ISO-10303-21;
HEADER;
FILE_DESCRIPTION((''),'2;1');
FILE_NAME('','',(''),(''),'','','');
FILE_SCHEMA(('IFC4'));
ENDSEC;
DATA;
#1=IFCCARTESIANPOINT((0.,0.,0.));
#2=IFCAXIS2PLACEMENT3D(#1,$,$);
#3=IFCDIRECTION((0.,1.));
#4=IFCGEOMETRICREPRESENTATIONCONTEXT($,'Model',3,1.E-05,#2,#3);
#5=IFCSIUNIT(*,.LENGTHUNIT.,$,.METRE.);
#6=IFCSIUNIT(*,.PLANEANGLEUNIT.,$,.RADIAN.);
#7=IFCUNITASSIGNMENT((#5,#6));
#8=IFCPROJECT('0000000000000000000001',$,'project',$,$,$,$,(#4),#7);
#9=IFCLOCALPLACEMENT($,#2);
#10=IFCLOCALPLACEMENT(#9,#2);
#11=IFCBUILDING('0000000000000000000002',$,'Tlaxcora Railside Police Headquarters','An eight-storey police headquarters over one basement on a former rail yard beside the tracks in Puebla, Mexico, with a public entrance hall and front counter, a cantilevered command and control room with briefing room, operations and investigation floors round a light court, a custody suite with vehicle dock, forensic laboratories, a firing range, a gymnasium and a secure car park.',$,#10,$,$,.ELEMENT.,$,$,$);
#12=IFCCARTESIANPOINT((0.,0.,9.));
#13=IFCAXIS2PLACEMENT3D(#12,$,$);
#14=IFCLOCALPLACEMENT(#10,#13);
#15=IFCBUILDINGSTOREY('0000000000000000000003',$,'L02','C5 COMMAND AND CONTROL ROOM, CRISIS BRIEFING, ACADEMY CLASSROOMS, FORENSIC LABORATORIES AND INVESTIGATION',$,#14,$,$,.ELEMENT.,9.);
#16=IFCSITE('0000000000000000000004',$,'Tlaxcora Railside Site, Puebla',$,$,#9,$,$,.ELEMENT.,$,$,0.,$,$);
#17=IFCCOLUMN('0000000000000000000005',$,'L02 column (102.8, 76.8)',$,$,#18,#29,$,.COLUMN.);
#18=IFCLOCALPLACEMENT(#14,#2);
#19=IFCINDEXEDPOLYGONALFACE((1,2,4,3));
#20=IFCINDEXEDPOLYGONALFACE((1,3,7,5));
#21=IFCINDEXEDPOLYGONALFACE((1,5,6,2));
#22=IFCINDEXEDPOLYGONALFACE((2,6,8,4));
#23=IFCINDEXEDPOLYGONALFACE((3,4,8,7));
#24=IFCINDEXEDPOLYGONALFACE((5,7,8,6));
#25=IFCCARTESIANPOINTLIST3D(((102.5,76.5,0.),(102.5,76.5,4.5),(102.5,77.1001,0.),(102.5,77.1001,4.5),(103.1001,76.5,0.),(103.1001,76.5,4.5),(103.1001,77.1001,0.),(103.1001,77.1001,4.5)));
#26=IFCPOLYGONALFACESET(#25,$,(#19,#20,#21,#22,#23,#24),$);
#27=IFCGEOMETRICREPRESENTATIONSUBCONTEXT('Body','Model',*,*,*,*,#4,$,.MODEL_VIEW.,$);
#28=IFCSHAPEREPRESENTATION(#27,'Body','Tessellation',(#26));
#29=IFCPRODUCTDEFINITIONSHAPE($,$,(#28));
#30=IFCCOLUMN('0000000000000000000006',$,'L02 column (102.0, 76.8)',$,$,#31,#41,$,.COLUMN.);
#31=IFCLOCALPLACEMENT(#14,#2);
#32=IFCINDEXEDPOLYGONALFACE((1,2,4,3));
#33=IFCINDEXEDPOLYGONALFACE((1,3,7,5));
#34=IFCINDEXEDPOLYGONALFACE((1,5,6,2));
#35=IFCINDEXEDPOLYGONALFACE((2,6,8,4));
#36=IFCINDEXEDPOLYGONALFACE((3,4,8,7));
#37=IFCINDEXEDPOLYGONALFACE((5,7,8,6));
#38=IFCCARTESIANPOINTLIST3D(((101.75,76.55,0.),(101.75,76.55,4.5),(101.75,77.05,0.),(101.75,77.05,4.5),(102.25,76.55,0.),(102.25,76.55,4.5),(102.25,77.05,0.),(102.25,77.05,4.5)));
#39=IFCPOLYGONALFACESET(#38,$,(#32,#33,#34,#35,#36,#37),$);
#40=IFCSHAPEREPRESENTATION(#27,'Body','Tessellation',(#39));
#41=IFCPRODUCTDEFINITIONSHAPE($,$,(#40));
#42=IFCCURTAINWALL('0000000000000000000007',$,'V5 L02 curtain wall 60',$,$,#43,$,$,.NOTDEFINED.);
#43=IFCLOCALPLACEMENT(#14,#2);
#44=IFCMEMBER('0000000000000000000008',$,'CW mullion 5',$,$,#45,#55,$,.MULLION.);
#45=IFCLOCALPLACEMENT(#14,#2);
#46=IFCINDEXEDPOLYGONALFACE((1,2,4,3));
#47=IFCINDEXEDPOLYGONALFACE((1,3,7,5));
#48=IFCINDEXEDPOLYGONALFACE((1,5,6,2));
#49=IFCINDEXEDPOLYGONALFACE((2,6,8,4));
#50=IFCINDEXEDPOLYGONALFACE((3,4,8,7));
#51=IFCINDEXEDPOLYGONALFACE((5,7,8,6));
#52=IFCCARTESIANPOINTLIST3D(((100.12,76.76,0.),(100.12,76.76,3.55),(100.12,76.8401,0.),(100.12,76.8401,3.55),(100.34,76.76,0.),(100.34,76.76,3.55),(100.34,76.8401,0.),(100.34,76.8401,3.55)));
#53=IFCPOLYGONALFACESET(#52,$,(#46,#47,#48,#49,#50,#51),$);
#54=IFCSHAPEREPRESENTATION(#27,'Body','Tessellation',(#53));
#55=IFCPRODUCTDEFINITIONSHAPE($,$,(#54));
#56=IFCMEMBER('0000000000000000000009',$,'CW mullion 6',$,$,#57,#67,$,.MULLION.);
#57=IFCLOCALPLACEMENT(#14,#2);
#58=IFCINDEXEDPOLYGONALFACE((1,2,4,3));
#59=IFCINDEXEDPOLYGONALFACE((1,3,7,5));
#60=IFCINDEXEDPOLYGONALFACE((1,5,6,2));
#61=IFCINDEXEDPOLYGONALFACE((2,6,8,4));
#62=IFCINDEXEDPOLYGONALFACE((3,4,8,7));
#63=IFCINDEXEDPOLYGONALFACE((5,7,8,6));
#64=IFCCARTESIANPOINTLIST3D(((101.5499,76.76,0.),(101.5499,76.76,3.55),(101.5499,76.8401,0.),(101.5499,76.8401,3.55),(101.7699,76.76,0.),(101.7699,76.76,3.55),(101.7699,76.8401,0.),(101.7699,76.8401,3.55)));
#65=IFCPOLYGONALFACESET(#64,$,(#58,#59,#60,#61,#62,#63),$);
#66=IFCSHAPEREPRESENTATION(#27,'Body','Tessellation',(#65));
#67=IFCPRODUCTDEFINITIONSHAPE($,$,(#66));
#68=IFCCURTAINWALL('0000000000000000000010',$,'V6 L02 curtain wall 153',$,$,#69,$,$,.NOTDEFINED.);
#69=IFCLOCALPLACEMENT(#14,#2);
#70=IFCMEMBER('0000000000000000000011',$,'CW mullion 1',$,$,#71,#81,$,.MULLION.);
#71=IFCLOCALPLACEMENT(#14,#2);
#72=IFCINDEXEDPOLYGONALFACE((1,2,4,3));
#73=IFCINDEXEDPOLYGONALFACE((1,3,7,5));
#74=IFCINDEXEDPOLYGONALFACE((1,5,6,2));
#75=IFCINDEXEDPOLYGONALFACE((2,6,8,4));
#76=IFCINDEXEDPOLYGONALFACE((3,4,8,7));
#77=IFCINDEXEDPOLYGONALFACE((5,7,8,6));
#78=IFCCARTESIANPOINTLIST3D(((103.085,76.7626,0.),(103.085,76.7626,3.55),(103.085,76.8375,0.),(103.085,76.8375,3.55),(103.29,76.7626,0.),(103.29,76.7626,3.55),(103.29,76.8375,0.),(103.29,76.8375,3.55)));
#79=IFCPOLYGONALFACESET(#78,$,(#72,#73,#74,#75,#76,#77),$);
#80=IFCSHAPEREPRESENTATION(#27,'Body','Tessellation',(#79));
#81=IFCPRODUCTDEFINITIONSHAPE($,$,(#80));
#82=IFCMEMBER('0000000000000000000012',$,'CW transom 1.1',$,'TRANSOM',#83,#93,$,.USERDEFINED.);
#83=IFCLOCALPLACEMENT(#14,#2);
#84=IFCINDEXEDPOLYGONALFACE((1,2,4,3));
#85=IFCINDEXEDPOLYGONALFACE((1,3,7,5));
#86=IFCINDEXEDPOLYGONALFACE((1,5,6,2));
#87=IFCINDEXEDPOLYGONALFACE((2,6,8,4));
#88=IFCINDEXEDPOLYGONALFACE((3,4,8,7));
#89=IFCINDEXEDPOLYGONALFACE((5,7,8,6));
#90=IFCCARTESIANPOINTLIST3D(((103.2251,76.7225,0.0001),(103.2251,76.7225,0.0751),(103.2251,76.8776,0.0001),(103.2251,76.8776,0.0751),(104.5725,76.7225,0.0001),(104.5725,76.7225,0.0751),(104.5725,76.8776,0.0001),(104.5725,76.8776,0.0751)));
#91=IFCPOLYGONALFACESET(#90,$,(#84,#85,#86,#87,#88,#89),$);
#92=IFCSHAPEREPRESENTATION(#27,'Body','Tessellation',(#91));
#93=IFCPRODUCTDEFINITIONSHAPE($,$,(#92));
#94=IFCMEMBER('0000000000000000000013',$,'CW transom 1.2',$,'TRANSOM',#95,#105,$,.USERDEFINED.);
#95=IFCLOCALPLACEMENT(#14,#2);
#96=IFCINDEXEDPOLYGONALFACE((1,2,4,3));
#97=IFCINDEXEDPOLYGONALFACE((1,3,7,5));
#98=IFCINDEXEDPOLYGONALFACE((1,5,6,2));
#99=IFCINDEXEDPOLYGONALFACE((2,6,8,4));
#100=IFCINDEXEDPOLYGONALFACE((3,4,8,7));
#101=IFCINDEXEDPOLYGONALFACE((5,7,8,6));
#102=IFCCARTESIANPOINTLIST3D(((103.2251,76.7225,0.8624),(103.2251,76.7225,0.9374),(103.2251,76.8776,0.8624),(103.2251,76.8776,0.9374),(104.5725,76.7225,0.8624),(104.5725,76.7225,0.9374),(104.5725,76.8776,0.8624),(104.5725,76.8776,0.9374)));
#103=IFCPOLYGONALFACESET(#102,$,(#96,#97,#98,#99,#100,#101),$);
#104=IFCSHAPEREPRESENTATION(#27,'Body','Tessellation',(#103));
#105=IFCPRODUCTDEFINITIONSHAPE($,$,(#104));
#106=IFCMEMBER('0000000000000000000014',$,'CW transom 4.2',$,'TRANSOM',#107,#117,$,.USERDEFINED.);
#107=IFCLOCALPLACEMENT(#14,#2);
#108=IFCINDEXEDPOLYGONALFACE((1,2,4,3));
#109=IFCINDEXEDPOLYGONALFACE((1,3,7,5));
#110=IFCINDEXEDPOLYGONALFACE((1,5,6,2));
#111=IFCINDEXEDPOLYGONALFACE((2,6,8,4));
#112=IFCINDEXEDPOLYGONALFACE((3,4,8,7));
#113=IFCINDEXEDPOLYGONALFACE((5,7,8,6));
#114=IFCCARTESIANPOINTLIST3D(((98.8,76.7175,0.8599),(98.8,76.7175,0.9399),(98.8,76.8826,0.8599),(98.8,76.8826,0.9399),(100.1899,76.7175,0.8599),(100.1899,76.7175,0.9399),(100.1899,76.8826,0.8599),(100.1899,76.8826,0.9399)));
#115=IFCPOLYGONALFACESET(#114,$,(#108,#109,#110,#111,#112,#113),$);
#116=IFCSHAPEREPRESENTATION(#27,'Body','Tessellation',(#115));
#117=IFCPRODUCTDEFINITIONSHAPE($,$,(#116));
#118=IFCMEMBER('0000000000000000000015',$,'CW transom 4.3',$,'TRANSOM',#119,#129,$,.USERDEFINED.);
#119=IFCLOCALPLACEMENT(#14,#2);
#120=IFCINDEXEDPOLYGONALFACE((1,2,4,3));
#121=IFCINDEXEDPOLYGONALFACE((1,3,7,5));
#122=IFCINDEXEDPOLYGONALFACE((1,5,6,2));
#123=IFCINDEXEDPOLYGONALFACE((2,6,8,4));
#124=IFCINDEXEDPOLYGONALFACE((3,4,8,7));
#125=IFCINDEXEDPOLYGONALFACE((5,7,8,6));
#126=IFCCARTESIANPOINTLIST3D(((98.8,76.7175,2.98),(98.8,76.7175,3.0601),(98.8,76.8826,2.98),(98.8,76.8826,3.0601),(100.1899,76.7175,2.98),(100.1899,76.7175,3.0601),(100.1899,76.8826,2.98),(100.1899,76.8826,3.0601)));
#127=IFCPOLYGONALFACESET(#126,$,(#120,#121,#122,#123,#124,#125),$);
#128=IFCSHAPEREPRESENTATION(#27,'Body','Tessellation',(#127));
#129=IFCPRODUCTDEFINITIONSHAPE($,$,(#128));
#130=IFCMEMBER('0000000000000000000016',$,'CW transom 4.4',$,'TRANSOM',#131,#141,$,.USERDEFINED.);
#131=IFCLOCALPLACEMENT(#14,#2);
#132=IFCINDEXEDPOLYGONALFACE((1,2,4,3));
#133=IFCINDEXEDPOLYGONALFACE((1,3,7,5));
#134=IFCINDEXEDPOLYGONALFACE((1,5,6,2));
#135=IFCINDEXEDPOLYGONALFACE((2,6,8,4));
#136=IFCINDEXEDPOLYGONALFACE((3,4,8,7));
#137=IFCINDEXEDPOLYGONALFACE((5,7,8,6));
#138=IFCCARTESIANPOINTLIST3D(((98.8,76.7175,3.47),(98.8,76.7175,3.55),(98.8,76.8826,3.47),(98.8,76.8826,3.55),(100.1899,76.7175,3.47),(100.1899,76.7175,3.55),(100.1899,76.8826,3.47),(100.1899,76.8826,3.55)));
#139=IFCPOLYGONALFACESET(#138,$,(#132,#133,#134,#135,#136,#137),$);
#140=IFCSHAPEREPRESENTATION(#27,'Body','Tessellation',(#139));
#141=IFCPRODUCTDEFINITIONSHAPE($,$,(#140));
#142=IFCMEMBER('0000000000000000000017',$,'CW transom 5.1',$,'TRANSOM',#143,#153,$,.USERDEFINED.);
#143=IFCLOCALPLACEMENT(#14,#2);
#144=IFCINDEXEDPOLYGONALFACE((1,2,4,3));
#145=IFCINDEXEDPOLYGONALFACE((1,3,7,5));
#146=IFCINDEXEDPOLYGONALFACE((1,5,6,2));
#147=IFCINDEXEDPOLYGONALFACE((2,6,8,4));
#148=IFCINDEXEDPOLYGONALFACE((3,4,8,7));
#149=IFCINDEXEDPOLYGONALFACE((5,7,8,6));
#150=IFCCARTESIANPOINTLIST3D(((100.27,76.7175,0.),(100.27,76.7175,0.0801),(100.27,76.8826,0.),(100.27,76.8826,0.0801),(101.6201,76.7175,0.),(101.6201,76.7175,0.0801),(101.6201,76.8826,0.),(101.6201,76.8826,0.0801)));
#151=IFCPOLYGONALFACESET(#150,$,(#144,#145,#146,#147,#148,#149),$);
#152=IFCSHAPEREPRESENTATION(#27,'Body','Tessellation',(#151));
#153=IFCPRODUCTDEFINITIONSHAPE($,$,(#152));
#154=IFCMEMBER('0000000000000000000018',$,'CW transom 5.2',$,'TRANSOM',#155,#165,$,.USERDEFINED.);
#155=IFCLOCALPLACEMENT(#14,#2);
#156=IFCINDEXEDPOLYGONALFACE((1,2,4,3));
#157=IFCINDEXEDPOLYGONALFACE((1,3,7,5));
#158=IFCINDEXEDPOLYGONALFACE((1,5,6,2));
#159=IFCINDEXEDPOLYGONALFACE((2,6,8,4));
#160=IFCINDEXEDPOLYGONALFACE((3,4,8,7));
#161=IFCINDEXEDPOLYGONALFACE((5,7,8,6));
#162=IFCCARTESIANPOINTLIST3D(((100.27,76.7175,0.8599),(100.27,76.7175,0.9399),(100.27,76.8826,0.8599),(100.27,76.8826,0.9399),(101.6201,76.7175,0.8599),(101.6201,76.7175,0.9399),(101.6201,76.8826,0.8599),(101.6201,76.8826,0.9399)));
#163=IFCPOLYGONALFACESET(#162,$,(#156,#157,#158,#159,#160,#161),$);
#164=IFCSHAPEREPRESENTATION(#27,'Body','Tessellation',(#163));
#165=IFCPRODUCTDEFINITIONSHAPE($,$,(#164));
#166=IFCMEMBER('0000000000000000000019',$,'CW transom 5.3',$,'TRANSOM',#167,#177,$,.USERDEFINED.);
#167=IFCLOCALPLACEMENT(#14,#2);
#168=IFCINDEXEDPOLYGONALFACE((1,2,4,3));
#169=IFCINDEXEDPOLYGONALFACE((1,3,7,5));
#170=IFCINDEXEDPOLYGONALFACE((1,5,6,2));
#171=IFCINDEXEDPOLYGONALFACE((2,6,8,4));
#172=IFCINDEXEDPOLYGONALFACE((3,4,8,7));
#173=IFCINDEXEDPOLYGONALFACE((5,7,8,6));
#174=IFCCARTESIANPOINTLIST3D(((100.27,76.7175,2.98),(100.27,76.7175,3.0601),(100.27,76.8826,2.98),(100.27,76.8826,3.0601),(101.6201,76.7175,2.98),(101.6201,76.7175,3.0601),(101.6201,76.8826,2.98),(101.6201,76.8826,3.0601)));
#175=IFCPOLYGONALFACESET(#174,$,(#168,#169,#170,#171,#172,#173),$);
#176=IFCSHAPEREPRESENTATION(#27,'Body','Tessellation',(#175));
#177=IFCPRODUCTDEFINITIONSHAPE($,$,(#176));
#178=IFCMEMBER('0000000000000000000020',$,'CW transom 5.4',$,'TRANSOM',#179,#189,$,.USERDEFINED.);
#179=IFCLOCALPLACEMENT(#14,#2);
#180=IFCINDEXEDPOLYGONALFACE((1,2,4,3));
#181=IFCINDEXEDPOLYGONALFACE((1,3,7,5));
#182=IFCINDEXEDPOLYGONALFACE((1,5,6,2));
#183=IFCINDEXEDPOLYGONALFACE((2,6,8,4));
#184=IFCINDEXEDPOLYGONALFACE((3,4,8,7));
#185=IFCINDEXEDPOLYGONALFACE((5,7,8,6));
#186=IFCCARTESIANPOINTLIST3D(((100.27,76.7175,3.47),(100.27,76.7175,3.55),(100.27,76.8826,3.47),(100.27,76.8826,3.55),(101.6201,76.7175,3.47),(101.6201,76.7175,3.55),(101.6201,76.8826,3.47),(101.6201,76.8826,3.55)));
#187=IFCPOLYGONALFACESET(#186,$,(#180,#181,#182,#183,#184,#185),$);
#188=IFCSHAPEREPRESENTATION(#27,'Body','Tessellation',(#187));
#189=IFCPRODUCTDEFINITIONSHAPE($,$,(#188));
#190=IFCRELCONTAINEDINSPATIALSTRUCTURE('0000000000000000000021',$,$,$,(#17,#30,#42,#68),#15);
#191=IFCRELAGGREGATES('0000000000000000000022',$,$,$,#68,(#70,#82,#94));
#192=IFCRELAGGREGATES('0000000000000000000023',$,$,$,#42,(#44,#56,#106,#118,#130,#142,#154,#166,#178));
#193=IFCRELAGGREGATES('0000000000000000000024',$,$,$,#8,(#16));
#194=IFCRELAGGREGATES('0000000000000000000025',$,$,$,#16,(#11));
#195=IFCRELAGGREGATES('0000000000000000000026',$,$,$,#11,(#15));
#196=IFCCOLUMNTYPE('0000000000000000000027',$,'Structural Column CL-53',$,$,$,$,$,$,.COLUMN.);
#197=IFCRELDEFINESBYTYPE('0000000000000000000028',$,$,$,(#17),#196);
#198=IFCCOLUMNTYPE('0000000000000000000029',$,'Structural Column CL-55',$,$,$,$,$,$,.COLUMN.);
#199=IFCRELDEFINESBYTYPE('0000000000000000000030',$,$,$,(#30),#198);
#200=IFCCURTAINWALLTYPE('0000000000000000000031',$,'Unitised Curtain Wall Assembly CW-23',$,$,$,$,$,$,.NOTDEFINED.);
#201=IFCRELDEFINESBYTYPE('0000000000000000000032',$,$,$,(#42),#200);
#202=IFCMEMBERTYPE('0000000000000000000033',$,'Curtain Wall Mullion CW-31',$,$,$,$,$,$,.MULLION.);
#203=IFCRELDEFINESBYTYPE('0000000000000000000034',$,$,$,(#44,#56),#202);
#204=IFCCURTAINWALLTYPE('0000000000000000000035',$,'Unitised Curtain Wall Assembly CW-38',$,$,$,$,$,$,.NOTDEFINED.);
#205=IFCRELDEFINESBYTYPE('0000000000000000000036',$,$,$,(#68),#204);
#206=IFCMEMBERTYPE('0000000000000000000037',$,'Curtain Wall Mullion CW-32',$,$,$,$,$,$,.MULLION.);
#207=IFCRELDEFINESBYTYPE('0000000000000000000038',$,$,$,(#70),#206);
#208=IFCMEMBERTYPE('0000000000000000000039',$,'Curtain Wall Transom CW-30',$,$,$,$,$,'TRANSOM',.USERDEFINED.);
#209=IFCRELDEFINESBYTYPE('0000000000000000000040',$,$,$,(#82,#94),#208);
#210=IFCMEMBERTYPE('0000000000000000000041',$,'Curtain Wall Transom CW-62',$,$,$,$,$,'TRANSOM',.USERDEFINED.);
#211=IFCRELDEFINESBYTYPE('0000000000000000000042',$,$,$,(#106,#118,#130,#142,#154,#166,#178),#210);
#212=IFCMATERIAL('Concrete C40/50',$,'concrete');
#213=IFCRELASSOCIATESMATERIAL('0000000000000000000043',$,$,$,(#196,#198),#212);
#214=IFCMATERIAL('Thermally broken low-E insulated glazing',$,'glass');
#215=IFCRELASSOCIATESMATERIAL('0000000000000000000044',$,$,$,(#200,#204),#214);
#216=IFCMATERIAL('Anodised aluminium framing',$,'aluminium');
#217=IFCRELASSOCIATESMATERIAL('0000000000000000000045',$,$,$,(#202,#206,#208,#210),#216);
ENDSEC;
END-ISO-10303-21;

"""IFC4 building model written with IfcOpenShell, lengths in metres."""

from ifc_helpers import new_model, si_unit, direction, frame, origin, origin_2d, place, context, subcontext, project, spatial, rectangle, extrude, material, material_profile, profile_set, type_object, element, aggregate, save


model = new_model("IFC4")

# Units and contexts
model_context = context("Model", 3, precision=1e-05, world=origin(), true_north=direction((0.0, 1.0)))
body_context = subcontext(model_context, "Body", "Model", "MODEL_VIEW")
ifc_project = project(units=[si_unit("LENGTHUNIT", "METRE"), si_unit("PLANEANGLEUNIT", "RADIAN")], contexts=[model_context])

# Site, building, storey
site_placement = place(None, origin())
site = spatial("IfcSite", under=ifc_project, at=site_placement, Name="Tlaxcora Railside Site, Puebla", CompositionType="ELEMENT", RefElevation=0.0)
building_placement = place(site_placement, origin())
building = spatial("IfcBuilding", under=site, at=building_placement, Name="Tlaxcora Railside Police Headquarters", Description="An eight-storey police headquarters over one basement on a former rail yard beside the tracks in Puebla, Mexico, with a public entrance hall and front counter, a cantilevered command and control room with briefing room, operations and investigation floors round a light court, a custody suite with vehicle dock, forensic laboratories, a firing range, a gymnasium and a secure car park.", CompositionType="ELEMENT")
storey_placement = place(building_placement, frame((0.0, 0.0, 9.0)))
storey = spatial("IfcBuildingStorey", under=building, at=storey_placement, Name="L02", Description="C5 COMMAND AND CONTROL ROOM, CRISIS BRIEFING, ACADEMY CLASSROOMS, FORENSIC LABORATORIES AND INVESTIGATION", CompositionType="ELEMENT", Elevation=9.0)

# Columns
ifc_material_1 = material(Name="Concrete C40/50", Category="concrete")
ifc_material_profile_1 = material_profile(ifc_material_1, rectangle(XDim=0.6001, YDim=0.6001, at=origin_2d()), Name="RC600X600")
ifc_profile_set_1 = profile_set([ifc_material_profile_1], Name="Concrete C40/50")
column_type_1 = type_object("IfcColumnType", Name="Structural Column CL-53", PredefinedType="COLUMN", material=ifc_profile_set_1)
column_1_placement = place(storey_placement, frame((102.8, 76.8, 0.0), z_axis=(0.0, 0.0, 1.0), x_axis=(1.0, 0.0, 0.0)))
element("IfcColumn", 1, at=column_1_placement, inside=storey, type_object=column_type_1, Name="L02 column (102.8, 76.8)", PredefinedType="COLUMN", context=body_context, shape_type="SweptSolid", body=[
    extrude(rectangle(XDim=0.6001, YDim=0.6001, at=origin_2d()), origin(), (0.0, 0.0, 1.0), 4.5),
])
ifc_material_profile_2 = material_profile(ifc_material_1, rectangle(XDim=0.5, YDim=0.5, at=origin_2d()), Name="RC500X500")
ifc_profile_set_2 = profile_set([ifc_material_profile_2], Name="Concrete C40/50")
column_type_2 = type_object("IfcColumnType", Name="Structural Column CL-55", PredefinedType="COLUMN", material=ifc_profile_set_2)
column_2_placement = place(storey_placement, frame((102.0, 76.8, 0.0), z_axis=(0.0, 0.0, 1.0), x_axis=(1.0, 0.0, 0.0)))
element("IfcColumn", 2, at=column_2_placement, inside=storey, type_object=column_type_2, Name="L02 column (102.0, 76.8)", PredefinedType="COLUMN", context=body_context, shape_type="SweptSolid", body=[
    extrude(rectangle(XDim=0.5, YDim=0.5, at=origin_2d()), origin(), (0.0, 0.0, 1.0), 4.5),
])

# Curtain walls, members
ifc_material_2 = material(Name="Thermally broken low-E insulated glazing", Category="glass")
curtain_wall_type_1 = type_object("IfcCurtainWallType", Name="Unitised Curtain Wall Assembly CW-23", PredefinedType="NOTDEFINED", material=ifc_material_2)
curtain_wall_1_placement = place(storey_placement, origin())
curtain_wall_1 = element("IfcCurtainWall", 3, at=curtain_wall_1_placement, inside=storey, type_object=curtain_wall_type_1, Name="V5 L02 curtain wall 60", PredefinedType="NOTDEFINED")
ifc_material_3 = material(Name="Anodised aluminium framing", Category="aluminium")
ifc_material_profile_3 = material_profile(ifc_material_3, rectangle(XDim=0.0801, YDim=0.22, at=origin_2d()), Name="AL80X220")
ifc_profile_set_3 = profile_set([ifc_material_profile_3], Name="Anodised aluminium framing")
member_type_1 = type_object("IfcMemberType", Name="Curtain Wall Mullion CW-31", PredefinedType="MULLION", material=ifc_profile_set_3)
member_1_placement = place(storey_placement, frame((100.23, 76.8, 0.0), z_axis=(0.0, 0.0, 1.0), x_axis=(0.0, 1.0, 0.0)))
member_1 = element("IfcMember", 4, at=member_1_placement, type_object=member_type_1, Name="CW mullion 5", PredefinedType="MULLION", context=body_context, shape_type="SweptSolid", body=[
    extrude(rectangle(XDim=0.0801, YDim=0.22, at=origin_2d()), origin(), (0.0, 0.0, 1.0), 3.55),
])
member_2_placement = place(storey_placement, frame((101.6599, 76.8, 0.0), z_axis=(0.0, 0.0, 1.0), x_axis=(0.0, 1.0, 0.0)))
member_2 = element("IfcMember", 5, at=member_2_placement, type_object=member_type_1, Name="CW mullion 6", PredefinedType="MULLION", context=body_context, shape_type="SweptSolid", body=[
    extrude(rectangle(XDim=0.0801, YDim=0.22, at=origin_2d()), origin(), (0.0, 0.0, 1.0), 3.55),
])
curtain_wall_type_2 = type_object("IfcCurtainWallType", Name="Unitised Curtain Wall Assembly CW-38", PredefinedType="NOTDEFINED", material=ifc_material_2)
curtain_wall_2_placement = place(storey_placement, origin())
curtain_wall_2 = element("IfcCurtainWall", 6, at=curtain_wall_2_placement, inside=storey, type_object=curtain_wall_type_2, Name="V6 L02 curtain wall 153", PredefinedType="NOTDEFINED")
ifc_material_profile_4 = material_profile(ifc_material_3, rectangle(XDim=0.075, YDim=0.2051, at=origin_2d()), Name="AL75X205")
ifc_profile_set_4 = profile_set([ifc_material_profile_4], Name="Anodised aluminium framing")
member_type_2 = type_object("IfcMemberType", Name="Curtain Wall Mullion CW-32", PredefinedType="MULLION", material=ifc_profile_set_4)
member_3_placement = place(storey_placement, frame((103.1875, 76.8, 0.0), z_axis=(0.0, 0.0, 1.0), x_axis=(0.0, 1.0, 0.0)))
member_3 = element("IfcMember", 7, at=member_3_placement, type_object=member_type_2, Name="CW mullion 1", PredefinedType="MULLION", context=body_context, shape_type="SweptSolid", body=[
    extrude(rectangle(XDim=0.075, YDim=0.2051, at=origin_2d()), origin(), (0.0, 0.0, 1.0), 3.55),
])
ifc_material_profile_5 = material_profile(ifc_material_3, rectangle(XDim=0.155, YDim=0.075, at=origin_2d()), Name="AL75X155")
ifc_profile_set_5 = profile_set([ifc_material_profile_5], Name="Anodised aluminium framing")
member_type_3 = type_object("IfcMemberType", Name="Curtain Wall Transom CW-30", ElementType="TRANSOM", PredefinedType="USERDEFINED", material=ifc_profile_set_5)
member_4_placement = place(storey_placement, frame((103.2251, 76.8, 0.0376), z_axis=(1.0, 0.0, 0.0), x_axis=(0.0, 1.0, 0.0)))
member_4 = element("IfcMember", 8, at=member_4_placement, type_object=member_type_3, Name="CW transom 1.1", ObjectType="TRANSOM", PredefinedType="USERDEFINED", context=body_context, shape_type="SweptSolid", body=[
    extrude(rectangle(XDim=0.155, YDim=0.075, at=origin_2d()), origin(), (0.0, 0.0, 1.0), 1.3474),
])
member_5_placement = place(storey_placement, frame((103.2251, 76.8, 0.8999), z_axis=(1.0, 0.0, 0.0), x_axis=(0.0, 1.0, 0.0)))
member_5 = element("IfcMember", 9, at=member_5_placement, type_object=member_type_3, Name="CW transom 1.2", ObjectType="TRANSOM", PredefinedType="USERDEFINED", context=body_context, shape_type="SweptSolid", body=[
    extrude(rectangle(XDim=0.155, YDim=0.075, at=origin_2d()), origin(), (0.0, 0.0, 1.0), 1.3474),
])
aggregate(curtain_wall_2, [member_3, member_4, member_5])

# Members
ifc_material_profile_6 = material_profile(ifc_material_3, rectangle(XDim=0.165, YDim=0.0801, at=origin_2d()), Name="AL80X165")
ifc_profile_set_6 = profile_set([ifc_material_profile_6], Name="Anodised aluminium framing")
member_type_4 = type_object("IfcMemberType", Name="Curtain Wall Transom CW-62", ElementType="TRANSOM", PredefinedType="USERDEFINED", material=ifc_profile_set_6)
member_6_placement = place(storey_placement, frame((98.8, 76.8, 0.8999), z_axis=(1.0, 0.0, 0.0), x_axis=(0.0, 1.0, 0.0)))
member_6 = element("IfcMember", 10, at=member_6_placement, type_object=member_type_4, Name="CW transom 4.2", ObjectType="TRANSOM", PredefinedType="USERDEFINED", context=body_context, shape_type="SweptSolid", body=[
    extrude(rectangle(XDim=0.165, YDim=0.0801, at=origin_2d()), origin(), (0.0, 0.0, 1.0), 1.3899),
])
member_7_placement = place(storey_placement, frame((98.8, 76.8, 3.02), z_axis=(1.0, 0.0, 0.0), x_axis=(0.0, 1.0, 0.0)))
member_7 = element("IfcMember", 11, at=member_7_placement, type_object=member_type_4, Name="CW transom 4.3", ObjectType="TRANSOM", PredefinedType="USERDEFINED", context=body_context, shape_type="SweptSolid", body=[
    extrude(rectangle(XDim=0.165, YDim=0.0801, at=origin_2d()), origin(), (0.0, 0.0, 1.0), 1.3899),
])
member_8_placement = place(storey_placement, frame((98.8, 76.8, 3.51), z_axis=(1.0, 0.0, 0.0), x_axis=(0.0, 1.0, 0.0)))
member_8 = element("IfcMember", 12, at=member_8_placement, type_object=member_type_4, Name="CW transom 4.4", ObjectType="TRANSOM", PredefinedType="USERDEFINED", context=body_context, shape_type="SweptSolid", body=[
    extrude(rectangle(XDim=0.165, YDim=0.0801, at=origin_2d()), origin(), (0.0, 0.0, 1.0), 1.3899),
])
member_9_placement = place(storey_placement, frame((100.27, 76.8, 0.04), z_axis=(1.0, 0.0, 0.0), x_axis=(0.0, 1.0, 0.0)))
member_9 = element("IfcMember", 13, at=member_9_placement, type_object=member_type_4, Name="CW transom 5.1", ObjectType="TRANSOM", PredefinedType="USERDEFINED", context=body_context, shape_type="SweptSolid", body=[
    extrude(rectangle(XDim=0.165, YDim=0.0801, at=origin_2d()), origin(), (0.0, 0.0, 1.0), 1.3501),
])
member_10_placement = place(storey_placement, frame((100.27, 76.8, 0.8999), z_axis=(1.0, 0.0, 0.0), x_axis=(0.0, 1.0, 0.0)))
member_10 = element("IfcMember", 14, at=member_10_placement, type_object=member_type_4, Name="CW transom 5.2", ObjectType="TRANSOM", PredefinedType="USERDEFINED", context=body_context, shape_type="SweptSolid", body=[
    extrude(rectangle(XDim=0.165, YDim=0.0801, at=origin_2d()), origin(), (0.0, 0.0, 1.0), 1.3501),
])
member_11_placement = place(storey_placement, frame((100.27, 76.8, 3.02), z_axis=(1.0, 0.0, 0.0), x_axis=(0.0, 1.0, 0.0)))
member_11 = element("IfcMember", 15, at=member_11_placement, type_object=member_type_4, Name="CW transom 5.3", ObjectType="TRANSOM", PredefinedType="USERDEFINED", context=body_context, shape_type="SweptSolid", body=[
    extrude(rectangle(XDim=0.165, YDim=0.0801, at=origin_2d()), origin(), (0.0, 0.0, 1.0), 1.3501),
])
member_12_placement = place(storey_placement, frame((100.27, 76.8, 3.51), z_axis=(1.0, 0.0, 0.0), x_axis=(0.0, 1.0, 0.0)))
member_12 = element("IfcMember", 16, at=member_12_placement, type_object=member_type_4, Name="CW transom 5.4", ObjectType="TRANSOM", PredefinedType="USERDEFINED", context=body_context, shape_type="SweptSolid", body=[
    extrude(rectangle(XDim=0.165, YDim=0.0801, at=origin_2d()), origin(), (0.0, 0.0, 1.0), 1.3501),
])

aggregate(curtain_wall_1, [member_1, member_2, member_6, member_7, member_8, member_9, member_10, member_11, member_12])

save(model, "model.ifc")
